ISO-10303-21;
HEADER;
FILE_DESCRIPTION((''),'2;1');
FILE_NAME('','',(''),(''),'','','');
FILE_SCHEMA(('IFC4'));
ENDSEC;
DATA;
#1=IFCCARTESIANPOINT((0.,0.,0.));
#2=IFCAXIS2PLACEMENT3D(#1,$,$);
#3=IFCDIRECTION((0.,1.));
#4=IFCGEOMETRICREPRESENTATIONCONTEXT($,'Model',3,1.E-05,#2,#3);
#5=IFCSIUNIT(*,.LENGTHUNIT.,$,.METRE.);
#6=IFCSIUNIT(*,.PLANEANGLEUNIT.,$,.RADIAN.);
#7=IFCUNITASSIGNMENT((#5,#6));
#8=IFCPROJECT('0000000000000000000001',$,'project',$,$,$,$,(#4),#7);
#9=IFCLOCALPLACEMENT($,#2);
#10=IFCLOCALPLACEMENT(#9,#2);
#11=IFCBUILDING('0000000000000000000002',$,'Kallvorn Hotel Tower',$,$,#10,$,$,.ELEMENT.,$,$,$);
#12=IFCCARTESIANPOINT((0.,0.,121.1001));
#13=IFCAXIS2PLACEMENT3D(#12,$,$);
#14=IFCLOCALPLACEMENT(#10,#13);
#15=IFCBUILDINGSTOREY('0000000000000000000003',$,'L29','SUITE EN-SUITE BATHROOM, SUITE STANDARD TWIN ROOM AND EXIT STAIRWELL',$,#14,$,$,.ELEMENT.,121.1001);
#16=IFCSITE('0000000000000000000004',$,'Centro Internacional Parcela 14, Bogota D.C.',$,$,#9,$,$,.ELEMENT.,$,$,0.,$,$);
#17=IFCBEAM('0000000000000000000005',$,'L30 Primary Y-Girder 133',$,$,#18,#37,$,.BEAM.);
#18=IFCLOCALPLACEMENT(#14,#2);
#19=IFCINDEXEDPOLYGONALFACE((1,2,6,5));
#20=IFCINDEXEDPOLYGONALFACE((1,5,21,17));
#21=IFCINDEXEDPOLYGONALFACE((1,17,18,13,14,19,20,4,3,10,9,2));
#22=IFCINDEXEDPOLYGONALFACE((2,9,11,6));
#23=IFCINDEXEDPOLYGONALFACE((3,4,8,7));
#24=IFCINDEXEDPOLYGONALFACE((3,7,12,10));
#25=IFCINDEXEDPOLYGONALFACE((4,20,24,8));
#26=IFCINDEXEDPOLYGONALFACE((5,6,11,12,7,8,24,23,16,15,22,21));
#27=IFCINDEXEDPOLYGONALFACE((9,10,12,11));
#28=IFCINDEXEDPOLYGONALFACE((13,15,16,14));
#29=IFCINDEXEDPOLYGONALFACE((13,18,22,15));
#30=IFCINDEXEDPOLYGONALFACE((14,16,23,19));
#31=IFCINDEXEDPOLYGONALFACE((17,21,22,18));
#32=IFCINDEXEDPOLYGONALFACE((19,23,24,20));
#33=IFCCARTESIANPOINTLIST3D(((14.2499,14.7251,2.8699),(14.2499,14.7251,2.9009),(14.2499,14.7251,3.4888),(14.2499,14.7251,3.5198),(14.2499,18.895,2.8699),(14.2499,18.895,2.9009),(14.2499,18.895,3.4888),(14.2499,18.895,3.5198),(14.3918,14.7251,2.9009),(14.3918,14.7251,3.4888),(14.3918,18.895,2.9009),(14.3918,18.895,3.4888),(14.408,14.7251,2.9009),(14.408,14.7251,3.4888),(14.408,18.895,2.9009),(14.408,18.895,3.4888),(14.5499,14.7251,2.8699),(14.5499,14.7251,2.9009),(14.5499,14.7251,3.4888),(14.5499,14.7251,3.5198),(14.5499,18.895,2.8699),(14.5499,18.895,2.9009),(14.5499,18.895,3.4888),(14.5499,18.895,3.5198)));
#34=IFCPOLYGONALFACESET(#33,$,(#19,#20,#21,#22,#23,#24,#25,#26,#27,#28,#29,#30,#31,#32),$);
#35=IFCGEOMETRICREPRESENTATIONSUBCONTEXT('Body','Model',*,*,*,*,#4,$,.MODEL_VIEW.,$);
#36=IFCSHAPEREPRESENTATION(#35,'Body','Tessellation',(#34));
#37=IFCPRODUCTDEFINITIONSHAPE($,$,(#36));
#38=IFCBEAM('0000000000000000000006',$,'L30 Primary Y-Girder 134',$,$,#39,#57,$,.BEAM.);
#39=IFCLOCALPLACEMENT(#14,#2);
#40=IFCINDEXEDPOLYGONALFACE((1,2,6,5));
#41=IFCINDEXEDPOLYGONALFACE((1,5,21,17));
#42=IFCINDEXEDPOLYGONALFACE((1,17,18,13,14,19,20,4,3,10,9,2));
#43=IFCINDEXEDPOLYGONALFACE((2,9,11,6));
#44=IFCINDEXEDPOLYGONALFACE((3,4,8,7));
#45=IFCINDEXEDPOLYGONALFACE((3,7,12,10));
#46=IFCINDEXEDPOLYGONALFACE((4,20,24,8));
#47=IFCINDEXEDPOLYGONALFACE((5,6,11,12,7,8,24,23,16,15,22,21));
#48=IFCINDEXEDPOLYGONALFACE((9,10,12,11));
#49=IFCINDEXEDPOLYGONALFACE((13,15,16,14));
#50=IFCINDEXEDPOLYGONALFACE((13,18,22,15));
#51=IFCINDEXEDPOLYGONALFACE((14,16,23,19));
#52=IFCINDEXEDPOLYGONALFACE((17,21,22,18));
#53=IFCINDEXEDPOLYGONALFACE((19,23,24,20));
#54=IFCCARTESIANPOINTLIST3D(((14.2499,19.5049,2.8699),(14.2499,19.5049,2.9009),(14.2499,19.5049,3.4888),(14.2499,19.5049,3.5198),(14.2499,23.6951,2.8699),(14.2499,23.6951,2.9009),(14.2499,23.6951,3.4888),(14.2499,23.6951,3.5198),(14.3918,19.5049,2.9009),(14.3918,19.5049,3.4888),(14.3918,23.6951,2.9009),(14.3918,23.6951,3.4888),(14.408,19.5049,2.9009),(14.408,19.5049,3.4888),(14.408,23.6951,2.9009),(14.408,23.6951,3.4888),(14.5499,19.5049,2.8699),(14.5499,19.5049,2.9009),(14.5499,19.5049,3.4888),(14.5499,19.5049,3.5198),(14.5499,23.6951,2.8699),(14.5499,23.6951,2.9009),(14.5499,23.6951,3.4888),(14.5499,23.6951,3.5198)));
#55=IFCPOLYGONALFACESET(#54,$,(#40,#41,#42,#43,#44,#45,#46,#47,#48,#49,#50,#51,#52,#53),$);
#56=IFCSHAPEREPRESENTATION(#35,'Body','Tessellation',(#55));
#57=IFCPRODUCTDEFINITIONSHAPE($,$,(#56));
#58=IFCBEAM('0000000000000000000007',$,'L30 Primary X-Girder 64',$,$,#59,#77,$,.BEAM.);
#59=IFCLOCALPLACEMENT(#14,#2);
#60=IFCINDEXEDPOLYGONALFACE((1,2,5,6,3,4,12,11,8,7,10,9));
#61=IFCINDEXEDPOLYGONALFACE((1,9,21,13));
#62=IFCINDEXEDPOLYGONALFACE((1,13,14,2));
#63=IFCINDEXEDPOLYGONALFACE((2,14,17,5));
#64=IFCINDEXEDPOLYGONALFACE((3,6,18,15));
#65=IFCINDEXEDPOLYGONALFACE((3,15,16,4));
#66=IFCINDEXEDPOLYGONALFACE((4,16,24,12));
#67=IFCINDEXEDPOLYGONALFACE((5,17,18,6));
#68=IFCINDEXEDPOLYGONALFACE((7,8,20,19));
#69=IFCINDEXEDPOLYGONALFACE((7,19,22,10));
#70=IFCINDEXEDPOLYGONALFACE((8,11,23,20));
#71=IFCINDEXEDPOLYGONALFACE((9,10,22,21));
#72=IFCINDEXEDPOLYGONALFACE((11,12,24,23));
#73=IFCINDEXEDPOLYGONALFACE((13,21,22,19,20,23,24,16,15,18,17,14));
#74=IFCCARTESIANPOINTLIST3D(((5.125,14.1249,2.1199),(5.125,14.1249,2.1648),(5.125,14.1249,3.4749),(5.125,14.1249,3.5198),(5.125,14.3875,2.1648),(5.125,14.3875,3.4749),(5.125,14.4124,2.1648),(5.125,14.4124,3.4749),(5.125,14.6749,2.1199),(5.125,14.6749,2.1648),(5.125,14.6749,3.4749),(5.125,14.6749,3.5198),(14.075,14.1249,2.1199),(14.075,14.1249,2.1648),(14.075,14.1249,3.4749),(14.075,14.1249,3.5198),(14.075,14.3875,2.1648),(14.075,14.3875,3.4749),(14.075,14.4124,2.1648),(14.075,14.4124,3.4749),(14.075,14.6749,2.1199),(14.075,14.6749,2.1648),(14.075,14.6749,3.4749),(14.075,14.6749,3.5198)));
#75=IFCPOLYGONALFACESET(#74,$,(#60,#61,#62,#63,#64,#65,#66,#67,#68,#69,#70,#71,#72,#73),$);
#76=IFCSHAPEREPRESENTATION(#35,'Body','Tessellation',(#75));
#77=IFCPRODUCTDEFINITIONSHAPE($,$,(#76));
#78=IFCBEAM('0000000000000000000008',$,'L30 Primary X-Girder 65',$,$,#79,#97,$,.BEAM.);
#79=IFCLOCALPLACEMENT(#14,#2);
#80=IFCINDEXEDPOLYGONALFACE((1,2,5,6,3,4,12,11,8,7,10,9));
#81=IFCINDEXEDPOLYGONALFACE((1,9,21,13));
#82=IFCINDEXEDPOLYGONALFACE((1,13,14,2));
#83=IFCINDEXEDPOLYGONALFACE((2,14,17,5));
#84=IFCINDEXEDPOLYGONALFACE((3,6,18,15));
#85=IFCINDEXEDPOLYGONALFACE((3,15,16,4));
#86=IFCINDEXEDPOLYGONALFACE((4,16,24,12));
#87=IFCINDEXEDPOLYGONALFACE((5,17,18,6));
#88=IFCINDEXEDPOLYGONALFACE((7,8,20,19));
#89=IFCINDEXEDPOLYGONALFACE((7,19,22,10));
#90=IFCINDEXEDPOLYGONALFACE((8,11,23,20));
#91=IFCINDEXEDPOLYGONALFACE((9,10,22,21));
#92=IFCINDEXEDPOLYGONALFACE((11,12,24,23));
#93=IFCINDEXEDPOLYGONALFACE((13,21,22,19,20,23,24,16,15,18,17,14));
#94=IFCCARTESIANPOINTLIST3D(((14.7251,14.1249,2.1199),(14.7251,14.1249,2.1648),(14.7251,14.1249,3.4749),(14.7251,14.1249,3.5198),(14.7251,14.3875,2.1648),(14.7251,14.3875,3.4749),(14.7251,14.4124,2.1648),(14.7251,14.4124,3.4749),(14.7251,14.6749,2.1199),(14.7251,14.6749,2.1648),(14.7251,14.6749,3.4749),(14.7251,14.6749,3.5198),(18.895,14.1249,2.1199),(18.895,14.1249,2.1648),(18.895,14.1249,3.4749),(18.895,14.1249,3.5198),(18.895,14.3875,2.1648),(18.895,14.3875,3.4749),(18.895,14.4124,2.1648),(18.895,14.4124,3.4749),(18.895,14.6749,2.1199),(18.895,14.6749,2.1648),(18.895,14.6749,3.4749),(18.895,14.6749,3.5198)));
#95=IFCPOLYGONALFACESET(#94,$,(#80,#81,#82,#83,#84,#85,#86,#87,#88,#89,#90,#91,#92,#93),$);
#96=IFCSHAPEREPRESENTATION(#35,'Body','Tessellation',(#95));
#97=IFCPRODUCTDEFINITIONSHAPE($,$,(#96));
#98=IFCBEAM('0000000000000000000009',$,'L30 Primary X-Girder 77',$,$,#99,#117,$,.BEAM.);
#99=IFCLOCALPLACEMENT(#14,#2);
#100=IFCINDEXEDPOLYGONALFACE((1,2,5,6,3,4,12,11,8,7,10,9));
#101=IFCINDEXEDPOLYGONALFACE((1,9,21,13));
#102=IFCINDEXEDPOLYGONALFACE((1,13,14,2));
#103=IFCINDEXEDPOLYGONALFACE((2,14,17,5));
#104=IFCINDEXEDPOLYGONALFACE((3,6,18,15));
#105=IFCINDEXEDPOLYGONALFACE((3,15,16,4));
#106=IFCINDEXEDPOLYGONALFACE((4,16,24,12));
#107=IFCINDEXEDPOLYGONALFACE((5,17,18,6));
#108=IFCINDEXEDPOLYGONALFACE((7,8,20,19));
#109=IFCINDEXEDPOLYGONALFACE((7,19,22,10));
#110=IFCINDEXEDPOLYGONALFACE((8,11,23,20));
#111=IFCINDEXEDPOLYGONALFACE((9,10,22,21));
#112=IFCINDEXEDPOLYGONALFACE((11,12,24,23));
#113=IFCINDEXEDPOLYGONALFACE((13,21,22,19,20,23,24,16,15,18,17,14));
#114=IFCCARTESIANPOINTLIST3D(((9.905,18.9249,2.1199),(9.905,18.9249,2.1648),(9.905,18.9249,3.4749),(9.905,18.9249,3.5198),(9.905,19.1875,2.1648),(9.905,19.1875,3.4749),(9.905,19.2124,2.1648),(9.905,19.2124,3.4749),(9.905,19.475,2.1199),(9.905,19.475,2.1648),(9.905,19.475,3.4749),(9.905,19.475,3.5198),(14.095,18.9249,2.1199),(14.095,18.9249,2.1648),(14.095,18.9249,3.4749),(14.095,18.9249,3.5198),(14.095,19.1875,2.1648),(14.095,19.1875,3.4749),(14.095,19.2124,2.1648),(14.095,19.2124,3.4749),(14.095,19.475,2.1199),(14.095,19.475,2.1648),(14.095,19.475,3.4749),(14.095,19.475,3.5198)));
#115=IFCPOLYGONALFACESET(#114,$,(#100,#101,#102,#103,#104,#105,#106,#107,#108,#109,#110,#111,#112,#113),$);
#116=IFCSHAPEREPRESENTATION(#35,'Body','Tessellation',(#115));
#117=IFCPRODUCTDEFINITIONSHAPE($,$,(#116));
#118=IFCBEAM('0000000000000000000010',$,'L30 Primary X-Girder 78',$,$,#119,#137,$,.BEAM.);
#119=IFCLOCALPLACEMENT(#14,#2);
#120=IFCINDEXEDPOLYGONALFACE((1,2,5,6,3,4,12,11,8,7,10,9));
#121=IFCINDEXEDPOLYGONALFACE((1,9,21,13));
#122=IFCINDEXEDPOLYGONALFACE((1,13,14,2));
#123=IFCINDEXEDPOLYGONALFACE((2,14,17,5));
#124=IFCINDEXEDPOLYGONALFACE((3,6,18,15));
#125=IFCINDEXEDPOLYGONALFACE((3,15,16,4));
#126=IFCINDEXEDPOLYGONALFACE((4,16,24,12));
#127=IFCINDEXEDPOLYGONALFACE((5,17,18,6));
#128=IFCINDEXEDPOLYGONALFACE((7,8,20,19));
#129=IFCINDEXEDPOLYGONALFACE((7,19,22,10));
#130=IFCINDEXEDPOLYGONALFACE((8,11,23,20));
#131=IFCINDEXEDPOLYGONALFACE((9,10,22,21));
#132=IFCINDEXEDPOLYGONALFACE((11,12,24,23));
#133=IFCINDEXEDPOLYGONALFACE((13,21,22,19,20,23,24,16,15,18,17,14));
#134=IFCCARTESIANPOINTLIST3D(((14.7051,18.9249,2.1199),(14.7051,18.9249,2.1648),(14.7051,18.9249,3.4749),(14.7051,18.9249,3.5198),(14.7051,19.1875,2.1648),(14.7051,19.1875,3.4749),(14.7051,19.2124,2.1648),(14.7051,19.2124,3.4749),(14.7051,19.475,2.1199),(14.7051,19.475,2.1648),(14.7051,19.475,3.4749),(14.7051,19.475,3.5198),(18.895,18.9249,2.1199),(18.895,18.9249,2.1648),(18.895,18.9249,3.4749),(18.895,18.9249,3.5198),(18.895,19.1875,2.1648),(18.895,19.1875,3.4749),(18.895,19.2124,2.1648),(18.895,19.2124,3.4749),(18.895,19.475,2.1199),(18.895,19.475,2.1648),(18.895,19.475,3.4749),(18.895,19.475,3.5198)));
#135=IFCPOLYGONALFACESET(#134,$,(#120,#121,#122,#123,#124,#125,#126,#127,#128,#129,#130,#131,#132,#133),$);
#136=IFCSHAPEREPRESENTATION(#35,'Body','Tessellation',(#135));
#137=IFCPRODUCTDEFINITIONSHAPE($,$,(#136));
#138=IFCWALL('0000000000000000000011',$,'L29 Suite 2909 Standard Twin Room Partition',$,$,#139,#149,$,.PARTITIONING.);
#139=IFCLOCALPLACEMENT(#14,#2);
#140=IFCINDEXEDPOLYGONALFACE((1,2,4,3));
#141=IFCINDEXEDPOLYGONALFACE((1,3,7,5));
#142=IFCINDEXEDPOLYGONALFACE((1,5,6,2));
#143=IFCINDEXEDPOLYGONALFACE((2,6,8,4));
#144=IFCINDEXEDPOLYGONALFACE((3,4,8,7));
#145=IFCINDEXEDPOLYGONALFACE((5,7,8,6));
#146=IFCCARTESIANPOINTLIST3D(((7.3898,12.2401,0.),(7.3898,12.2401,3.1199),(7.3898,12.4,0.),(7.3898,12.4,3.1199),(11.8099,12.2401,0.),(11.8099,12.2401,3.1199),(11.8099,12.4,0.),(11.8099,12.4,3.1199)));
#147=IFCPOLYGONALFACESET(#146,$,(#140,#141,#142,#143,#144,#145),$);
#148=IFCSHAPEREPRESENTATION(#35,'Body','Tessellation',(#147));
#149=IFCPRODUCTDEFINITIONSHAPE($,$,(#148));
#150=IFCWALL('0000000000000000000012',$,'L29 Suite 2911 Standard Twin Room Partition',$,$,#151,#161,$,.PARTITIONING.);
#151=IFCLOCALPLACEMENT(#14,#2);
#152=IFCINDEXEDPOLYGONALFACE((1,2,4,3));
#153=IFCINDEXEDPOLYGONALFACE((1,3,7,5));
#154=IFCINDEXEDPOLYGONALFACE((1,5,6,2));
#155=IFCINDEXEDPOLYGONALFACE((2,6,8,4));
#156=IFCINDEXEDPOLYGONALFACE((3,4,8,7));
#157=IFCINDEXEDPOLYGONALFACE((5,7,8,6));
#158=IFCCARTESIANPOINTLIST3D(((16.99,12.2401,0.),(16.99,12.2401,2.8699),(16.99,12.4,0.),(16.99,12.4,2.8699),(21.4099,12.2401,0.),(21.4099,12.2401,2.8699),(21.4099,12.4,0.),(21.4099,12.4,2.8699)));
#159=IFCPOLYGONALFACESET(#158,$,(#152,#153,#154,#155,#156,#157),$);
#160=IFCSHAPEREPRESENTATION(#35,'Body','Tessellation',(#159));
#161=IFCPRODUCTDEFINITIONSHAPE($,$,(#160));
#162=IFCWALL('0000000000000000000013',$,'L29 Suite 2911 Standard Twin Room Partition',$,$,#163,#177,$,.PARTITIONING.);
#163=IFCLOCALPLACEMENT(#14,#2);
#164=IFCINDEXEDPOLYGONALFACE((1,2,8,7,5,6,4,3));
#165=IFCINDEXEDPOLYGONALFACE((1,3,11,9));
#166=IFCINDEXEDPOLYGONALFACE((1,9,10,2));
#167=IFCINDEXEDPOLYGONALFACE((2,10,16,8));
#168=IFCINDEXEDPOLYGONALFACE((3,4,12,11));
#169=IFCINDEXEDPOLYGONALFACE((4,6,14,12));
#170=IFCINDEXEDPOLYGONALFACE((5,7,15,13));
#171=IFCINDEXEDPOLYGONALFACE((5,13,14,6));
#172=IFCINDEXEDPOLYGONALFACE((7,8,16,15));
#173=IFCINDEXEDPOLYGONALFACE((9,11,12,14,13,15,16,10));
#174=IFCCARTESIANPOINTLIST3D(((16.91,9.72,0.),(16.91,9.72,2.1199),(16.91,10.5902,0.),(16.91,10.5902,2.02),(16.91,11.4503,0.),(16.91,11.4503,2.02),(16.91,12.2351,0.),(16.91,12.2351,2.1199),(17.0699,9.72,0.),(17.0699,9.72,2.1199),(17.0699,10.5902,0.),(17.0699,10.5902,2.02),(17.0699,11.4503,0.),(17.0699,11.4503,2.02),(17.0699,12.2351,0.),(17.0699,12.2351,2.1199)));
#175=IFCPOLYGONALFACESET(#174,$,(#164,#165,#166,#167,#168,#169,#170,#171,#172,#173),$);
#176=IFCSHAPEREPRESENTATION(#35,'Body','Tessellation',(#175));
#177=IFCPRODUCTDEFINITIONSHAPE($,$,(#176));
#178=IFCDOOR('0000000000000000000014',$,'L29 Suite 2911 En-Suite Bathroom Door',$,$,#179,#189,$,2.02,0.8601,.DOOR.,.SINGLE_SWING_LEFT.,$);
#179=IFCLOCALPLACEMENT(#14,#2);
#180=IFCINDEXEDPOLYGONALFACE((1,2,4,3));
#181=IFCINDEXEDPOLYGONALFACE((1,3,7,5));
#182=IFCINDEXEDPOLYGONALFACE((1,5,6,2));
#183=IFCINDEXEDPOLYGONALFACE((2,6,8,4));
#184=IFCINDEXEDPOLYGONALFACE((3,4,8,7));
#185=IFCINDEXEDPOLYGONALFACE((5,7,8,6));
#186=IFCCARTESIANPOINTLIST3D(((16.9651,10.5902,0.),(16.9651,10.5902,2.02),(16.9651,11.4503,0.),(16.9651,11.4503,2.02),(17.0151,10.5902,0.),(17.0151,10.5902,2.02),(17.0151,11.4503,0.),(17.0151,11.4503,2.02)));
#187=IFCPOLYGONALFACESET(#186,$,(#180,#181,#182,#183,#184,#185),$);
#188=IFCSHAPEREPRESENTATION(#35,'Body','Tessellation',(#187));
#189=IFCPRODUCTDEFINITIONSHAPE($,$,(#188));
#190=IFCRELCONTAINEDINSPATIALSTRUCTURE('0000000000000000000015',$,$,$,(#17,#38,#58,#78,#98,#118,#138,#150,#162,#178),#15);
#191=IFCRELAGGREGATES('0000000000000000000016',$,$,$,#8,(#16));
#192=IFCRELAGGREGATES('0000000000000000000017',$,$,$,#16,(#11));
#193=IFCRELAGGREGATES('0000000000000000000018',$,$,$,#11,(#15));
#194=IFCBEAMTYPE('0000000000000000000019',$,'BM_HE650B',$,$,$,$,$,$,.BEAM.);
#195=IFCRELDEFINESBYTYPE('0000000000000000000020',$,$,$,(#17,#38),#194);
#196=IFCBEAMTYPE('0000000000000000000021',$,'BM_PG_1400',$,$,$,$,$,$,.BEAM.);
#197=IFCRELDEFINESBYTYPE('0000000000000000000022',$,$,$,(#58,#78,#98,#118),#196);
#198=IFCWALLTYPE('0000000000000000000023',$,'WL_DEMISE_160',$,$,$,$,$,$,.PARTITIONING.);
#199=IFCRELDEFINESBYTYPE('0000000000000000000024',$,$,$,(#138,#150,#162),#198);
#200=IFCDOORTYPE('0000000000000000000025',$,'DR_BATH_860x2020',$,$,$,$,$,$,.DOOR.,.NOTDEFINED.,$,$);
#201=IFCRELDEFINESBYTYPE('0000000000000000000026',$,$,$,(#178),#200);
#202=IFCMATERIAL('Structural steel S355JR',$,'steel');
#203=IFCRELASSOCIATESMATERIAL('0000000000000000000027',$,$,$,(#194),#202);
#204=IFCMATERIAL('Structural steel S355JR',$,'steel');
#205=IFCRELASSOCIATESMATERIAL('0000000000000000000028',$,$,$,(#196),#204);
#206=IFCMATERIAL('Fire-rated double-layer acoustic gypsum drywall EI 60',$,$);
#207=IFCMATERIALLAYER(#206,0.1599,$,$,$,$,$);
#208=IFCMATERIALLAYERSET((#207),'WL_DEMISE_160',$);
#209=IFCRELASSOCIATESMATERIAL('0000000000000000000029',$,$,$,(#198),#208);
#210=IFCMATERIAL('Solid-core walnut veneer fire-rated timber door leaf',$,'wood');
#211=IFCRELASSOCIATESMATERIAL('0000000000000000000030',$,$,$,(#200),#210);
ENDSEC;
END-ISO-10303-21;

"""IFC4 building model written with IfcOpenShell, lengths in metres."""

from ifc_helpers import new_model, si_unit, direction, frame, frame_2d, origin, origin_2d, place, context, subcontext, project, spatial, rectangle, i_section, extrude, material, layer, layer_set, material_profile, profile_set, type_object, element, fill, save


model = new_model("IFC4")

# Units and contexts
model_context = context("Model", 3, precision=1e-05, world=origin(), true_north=direction((0.0, 1.0)))
body_context = subcontext(model_context, "Body", "Model", "MODEL_VIEW")
ifc_project = project(units=[si_unit("LENGTHUNIT", "METRE"), si_unit("PLANEANGLEUNIT", "RADIAN")], contexts=[model_context])

# Site, building, storey
site_placement = place(None, origin())
site = spatial("IfcSite", under=ifc_project, at=site_placement, Name="Centro Internacional Parcela 14, Bogota D.C.", CompositionType="ELEMENT", RefElevation=0.0)
building_placement = place(site_placement, origin())
building = spatial("IfcBuilding", under=site, at=building_placement, Name="Kallvorn Hotel Tower", CompositionType="ELEMENT")
storey_placement = place(building_placement, frame((0.0, 0.0, 121.1001)))
storey = spatial("IfcBuildingStorey", under=building, at=storey_placement, Name="L29", Description="SUITE EN-SUITE BATHROOM, SUITE STANDARD TWIN ROOM AND EXIT STAIRWELL", CompositionType="ELEMENT", Elevation=121.1001)

# Beams
ifc_material_1 = material(Name="Structural steel S355JR", Category="steel")
ifc_material_profile_1 = material_profile(ifc_material_1, i_section(OverallWidth=0.3, OverallDepth=0.6499, WebThickness=0.0161, FlangeThickness=0.031, at=origin_2d()), Name="HE 650 B")
ifc_profile_set_1 = profile_set([ifc_material_profile_1], Name="Structural steel S355JR")
beam_type_1 = type_object("IfcBeamType", Name="BM_HE650B", PredefinedType="BEAM", material=ifc_profile_set_1)
beam_1_placement = place(storey_placement, frame((14.3999, 14.7251, 3.1948), z_axis=(0.0, 1.0, 0.0), x_axis=(-1.0, 0.0, 0.0)))
element("IfcBeam", 1, at=beam_1_placement, inside=storey, type_object=beam_type_1, Name="L30 Primary Y-Girder 133", PredefinedType="BEAM", context=body_context, shape_type="SweptSolid", body=[
    extrude(i_section(OverallWidth=0.3, OverallDepth=0.6499, WebThickness=0.0161, FlangeThickness=0.031, at=origin_2d()), origin(), (0.0, 0.0, 1.0), 4.1699),
])
beam_2_placement = place(storey_placement, frame((14.3999, 19.5049, 3.1948), z_axis=(0.0, 1.0, 0.0), x_axis=(-1.0, 0.0, 0.0)))
element("IfcBeam", 2, at=beam_2_placement, inside=storey, type_object=beam_type_1, Name="L30 Primary Y-Girder 134", PredefinedType="BEAM", context=body_context, shape_type="SweptSolid", body=[
    extrude(i_section(OverallWidth=0.3, OverallDepth=0.6499, WebThickness=0.0161, FlangeThickness=0.031, at=origin_2d()), origin(), (0.0, 0.0, 1.0), 4.1902),
])
ifc_material_2 = material(Name="Structural steel S355JR", Category="steel")
ifc_material_profile_2 = material_profile(ifc_material_2, i_section(OverallWidth=0.55, OverallDepth=1.3999, WebThickness=0.0249, FlangeThickness=0.0449, at=origin_2d()), Name="PG 1400x550x25x45")
ifc_profile_set_2 = profile_set([ifc_material_profile_2], Name="Structural steel S355JR")
beam_type_2 = type_object("IfcBeamType", Name="BM_PG_1400", PredefinedType="BEAM", material=ifc_profile_set_2)
beam_3_placement = place(storey_placement, frame((5.125, 14.3999, 2.8198), z_axis=(1.0, 0.0, 0.0), x_axis=(0.0, 1.0, 0.0)))
element("IfcBeam", 3, at=beam_3_placement, inside=storey, type_object=beam_type_2, Name="L30 Primary X-Girder 64", PredefinedType="BEAM", context=body_context, shape_type="SweptSolid", body=[
    extrude(i_section(OverallWidth=0.55, OverallDepth=1.3999, WebThickness=0.0249, FlangeThickness=0.0449, at=origin_2d()), origin(), (0.0, 0.0, 1.0), 8.95),
])
beam_4_placement = place(storey_placement, frame((14.7251, 14.3999, 2.8198), z_axis=(1.0, 0.0, 0.0), x_axis=(0.0, 1.0, 0.0)))
element("IfcBeam", 4, at=beam_4_placement, inside=storey, type_object=beam_type_2, Name="L30 Primary X-Girder 65", PredefinedType="BEAM", context=body_context, shape_type="SweptSolid", body=[
    extrude(i_section(OverallWidth=0.55, OverallDepth=1.3999, WebThickness=0.0249, FlangeThickness=0.0449, at=origin_2d()), origin(), (0.0, 0.0, 1.0), 4.1699),
])
for number, where, z_axis, x_axis, name in (
    (5, (9.905, 19.2, 2.8198), (1.0, 0.0, 0.0), (0.0, 1.0, 0.0), "L30 Primary X-Girder 77"),
    (6, (14.7051, 19.2, 2.8198), (1.0, 0.0, 0.0), (0.0, 1.0, 0.0), "L30 Primary X-Girder 78"),
):
    element("IfcBeam", number, at=place(storey_placement, frame(where, z_axis=z_axis, x_axis=x_axis)), inside=storey, type_object=beam_type_2, Name=name, PredefinedType="BEAM", context=body_context, shape_type="SweptSolid", body=[
        extrude(i_section(OverallWidth=0.55, OverallDepth=1.3999, WebThickness=0.0249, FlangeThickness=0.0449, at=origin_2d()), origin(), (0.0, 0.0, 1.0), 4.1899),
    ])

# Walls
ifc_material_3 = material(Name="Fire-rated double-layer acoustic gypsum drywall EI 60")
ifc_layer = layer(ifc_material_3, 0.1599)
ifc_layer_set = layer_set([ifc_layer], Name="WL_DEMISE_160")
wall_type = type_object("IfcWallType", Name="WL_DEMISE_160", PredefinedType="PARTITIONING", material=ifc_layer_set)
wall_1_placement = place(storey_placement, frame((7.3899, 12.3201, 0.0), z_axis=(0.0, 0.0, 1.0), x_axis=(1.0, 0.0, 0.0)))
element("IfcWall", 7, at=wall_1_placement, inside=storey, type_object=wall_type, Name="L29 Suite 2909 Standard Twin Room Partition", PredefinedType="PARTITIONING", context=body_context, shape_type="SweptSolid", body=[
    extrude(rectangle(XDim=4.4202, YDim=0.1599, at=frame_2d((2.21, 0.0))), origin(), (0.0, 0.0, 1.0), 3.1199),
])
wall_2_placement = place(storey_placement, frame((16.99, 12.3201, 0.0), z_axis=(0.0, 0.0, 1.0), x_axis=(1.0, 0.0, 0.0)))
element("IfcWall", 8, at=wall_2_placement, inside=storey, type_object=wall_type, Name="L29 Suite 2911 Standard Twin Room Partition", PredefinedType="PARTITIONING", context=body_context, shape_type="SweptSolid", body=[
    extrude(rectangle(XDim=4.4199, YDim=0.1599, at=frame_2d((2.21, 0.0))), origin(), (0.0, 0.0, 1.0), 2.8699),
])

# Wall, opening, door
wall_3_placement = place(storey_placement, frame((16.99, 9.72, 0.0), z_axis=(0.0, 0.0, 1.0), x_axis=(0.0, 1.0, 0.0)))
wall_3 = element("IfcWall", 9, at=wall_3_placement, inside=storey, type_object=wall_type, Name="L29 Suite 2911 Standard Twin Room Partition", PredefinedType="PARTITIONING", context=body_context, shape_type="SweptSolid", body=[
    extrude(rectangle(XDim=2.5151, YDim=0.1599, at=frame_2d((1.2576, 0.0))), origin(), (0.0, 0.0, 1.0), 2.1199),
])
opening_placement = place(wall_3_placement, frame((0.8701, 0.0, 0.0)))
opening = element("IfcOpeningElement", 10, at=opening_placement, cuts=wall_3, PredefinedType="OPENING", context=body_context, shape_type="SweptSolid", body=[
    extrude(rectangle(XDim=0.8601, YDim=2.02, at=frame_2d((0.4302, 1.01))), frame((0.0, 0.095, 0.0), z_axis=(0.0, -1.0, 0.0), x_axis=(1.0, 0.0, 0.0)), (0.0, 0.0, 1.0), 0.1899),
])
ifc_material_4 = material(Name="Solid-core walnut veneer fire-rated timber door leaf", Category="wood")
door_type = type_object("IfcDoorType", Name="DR_BATH_860x2020", OperationType="NOTDEFINED", PredefinedType="DOOR", material=ifc_material_4)
door_placement = place(opening_placement, origin())
door = element("IfcDoor", 11, at=door_placement, inside=storey, type_object=door_type, Name="L29 Suite 2911 En-Suite Bathroom Door", OperationType="SINGLE_SWING_LEFT", OverallHeight=2.02, OverallWidth=0.8601, PredefinedType="DOOR", context=body_context, shape_type="SweptSolid", body=[
    extrude(rectangle(XDim=0.8601, YDim=2.02, at=frame_2d((0.4302, 1.01))), frame((0.0, 0.0249, 0.0), z_axis=(0.0, -1.0, 0.0), x_axis=(1.0, 0.0, 0.0)), (0.0, 0.0, 1.0), 0.05),
])
fill(opening, door)

save(model, "model.ifc")
